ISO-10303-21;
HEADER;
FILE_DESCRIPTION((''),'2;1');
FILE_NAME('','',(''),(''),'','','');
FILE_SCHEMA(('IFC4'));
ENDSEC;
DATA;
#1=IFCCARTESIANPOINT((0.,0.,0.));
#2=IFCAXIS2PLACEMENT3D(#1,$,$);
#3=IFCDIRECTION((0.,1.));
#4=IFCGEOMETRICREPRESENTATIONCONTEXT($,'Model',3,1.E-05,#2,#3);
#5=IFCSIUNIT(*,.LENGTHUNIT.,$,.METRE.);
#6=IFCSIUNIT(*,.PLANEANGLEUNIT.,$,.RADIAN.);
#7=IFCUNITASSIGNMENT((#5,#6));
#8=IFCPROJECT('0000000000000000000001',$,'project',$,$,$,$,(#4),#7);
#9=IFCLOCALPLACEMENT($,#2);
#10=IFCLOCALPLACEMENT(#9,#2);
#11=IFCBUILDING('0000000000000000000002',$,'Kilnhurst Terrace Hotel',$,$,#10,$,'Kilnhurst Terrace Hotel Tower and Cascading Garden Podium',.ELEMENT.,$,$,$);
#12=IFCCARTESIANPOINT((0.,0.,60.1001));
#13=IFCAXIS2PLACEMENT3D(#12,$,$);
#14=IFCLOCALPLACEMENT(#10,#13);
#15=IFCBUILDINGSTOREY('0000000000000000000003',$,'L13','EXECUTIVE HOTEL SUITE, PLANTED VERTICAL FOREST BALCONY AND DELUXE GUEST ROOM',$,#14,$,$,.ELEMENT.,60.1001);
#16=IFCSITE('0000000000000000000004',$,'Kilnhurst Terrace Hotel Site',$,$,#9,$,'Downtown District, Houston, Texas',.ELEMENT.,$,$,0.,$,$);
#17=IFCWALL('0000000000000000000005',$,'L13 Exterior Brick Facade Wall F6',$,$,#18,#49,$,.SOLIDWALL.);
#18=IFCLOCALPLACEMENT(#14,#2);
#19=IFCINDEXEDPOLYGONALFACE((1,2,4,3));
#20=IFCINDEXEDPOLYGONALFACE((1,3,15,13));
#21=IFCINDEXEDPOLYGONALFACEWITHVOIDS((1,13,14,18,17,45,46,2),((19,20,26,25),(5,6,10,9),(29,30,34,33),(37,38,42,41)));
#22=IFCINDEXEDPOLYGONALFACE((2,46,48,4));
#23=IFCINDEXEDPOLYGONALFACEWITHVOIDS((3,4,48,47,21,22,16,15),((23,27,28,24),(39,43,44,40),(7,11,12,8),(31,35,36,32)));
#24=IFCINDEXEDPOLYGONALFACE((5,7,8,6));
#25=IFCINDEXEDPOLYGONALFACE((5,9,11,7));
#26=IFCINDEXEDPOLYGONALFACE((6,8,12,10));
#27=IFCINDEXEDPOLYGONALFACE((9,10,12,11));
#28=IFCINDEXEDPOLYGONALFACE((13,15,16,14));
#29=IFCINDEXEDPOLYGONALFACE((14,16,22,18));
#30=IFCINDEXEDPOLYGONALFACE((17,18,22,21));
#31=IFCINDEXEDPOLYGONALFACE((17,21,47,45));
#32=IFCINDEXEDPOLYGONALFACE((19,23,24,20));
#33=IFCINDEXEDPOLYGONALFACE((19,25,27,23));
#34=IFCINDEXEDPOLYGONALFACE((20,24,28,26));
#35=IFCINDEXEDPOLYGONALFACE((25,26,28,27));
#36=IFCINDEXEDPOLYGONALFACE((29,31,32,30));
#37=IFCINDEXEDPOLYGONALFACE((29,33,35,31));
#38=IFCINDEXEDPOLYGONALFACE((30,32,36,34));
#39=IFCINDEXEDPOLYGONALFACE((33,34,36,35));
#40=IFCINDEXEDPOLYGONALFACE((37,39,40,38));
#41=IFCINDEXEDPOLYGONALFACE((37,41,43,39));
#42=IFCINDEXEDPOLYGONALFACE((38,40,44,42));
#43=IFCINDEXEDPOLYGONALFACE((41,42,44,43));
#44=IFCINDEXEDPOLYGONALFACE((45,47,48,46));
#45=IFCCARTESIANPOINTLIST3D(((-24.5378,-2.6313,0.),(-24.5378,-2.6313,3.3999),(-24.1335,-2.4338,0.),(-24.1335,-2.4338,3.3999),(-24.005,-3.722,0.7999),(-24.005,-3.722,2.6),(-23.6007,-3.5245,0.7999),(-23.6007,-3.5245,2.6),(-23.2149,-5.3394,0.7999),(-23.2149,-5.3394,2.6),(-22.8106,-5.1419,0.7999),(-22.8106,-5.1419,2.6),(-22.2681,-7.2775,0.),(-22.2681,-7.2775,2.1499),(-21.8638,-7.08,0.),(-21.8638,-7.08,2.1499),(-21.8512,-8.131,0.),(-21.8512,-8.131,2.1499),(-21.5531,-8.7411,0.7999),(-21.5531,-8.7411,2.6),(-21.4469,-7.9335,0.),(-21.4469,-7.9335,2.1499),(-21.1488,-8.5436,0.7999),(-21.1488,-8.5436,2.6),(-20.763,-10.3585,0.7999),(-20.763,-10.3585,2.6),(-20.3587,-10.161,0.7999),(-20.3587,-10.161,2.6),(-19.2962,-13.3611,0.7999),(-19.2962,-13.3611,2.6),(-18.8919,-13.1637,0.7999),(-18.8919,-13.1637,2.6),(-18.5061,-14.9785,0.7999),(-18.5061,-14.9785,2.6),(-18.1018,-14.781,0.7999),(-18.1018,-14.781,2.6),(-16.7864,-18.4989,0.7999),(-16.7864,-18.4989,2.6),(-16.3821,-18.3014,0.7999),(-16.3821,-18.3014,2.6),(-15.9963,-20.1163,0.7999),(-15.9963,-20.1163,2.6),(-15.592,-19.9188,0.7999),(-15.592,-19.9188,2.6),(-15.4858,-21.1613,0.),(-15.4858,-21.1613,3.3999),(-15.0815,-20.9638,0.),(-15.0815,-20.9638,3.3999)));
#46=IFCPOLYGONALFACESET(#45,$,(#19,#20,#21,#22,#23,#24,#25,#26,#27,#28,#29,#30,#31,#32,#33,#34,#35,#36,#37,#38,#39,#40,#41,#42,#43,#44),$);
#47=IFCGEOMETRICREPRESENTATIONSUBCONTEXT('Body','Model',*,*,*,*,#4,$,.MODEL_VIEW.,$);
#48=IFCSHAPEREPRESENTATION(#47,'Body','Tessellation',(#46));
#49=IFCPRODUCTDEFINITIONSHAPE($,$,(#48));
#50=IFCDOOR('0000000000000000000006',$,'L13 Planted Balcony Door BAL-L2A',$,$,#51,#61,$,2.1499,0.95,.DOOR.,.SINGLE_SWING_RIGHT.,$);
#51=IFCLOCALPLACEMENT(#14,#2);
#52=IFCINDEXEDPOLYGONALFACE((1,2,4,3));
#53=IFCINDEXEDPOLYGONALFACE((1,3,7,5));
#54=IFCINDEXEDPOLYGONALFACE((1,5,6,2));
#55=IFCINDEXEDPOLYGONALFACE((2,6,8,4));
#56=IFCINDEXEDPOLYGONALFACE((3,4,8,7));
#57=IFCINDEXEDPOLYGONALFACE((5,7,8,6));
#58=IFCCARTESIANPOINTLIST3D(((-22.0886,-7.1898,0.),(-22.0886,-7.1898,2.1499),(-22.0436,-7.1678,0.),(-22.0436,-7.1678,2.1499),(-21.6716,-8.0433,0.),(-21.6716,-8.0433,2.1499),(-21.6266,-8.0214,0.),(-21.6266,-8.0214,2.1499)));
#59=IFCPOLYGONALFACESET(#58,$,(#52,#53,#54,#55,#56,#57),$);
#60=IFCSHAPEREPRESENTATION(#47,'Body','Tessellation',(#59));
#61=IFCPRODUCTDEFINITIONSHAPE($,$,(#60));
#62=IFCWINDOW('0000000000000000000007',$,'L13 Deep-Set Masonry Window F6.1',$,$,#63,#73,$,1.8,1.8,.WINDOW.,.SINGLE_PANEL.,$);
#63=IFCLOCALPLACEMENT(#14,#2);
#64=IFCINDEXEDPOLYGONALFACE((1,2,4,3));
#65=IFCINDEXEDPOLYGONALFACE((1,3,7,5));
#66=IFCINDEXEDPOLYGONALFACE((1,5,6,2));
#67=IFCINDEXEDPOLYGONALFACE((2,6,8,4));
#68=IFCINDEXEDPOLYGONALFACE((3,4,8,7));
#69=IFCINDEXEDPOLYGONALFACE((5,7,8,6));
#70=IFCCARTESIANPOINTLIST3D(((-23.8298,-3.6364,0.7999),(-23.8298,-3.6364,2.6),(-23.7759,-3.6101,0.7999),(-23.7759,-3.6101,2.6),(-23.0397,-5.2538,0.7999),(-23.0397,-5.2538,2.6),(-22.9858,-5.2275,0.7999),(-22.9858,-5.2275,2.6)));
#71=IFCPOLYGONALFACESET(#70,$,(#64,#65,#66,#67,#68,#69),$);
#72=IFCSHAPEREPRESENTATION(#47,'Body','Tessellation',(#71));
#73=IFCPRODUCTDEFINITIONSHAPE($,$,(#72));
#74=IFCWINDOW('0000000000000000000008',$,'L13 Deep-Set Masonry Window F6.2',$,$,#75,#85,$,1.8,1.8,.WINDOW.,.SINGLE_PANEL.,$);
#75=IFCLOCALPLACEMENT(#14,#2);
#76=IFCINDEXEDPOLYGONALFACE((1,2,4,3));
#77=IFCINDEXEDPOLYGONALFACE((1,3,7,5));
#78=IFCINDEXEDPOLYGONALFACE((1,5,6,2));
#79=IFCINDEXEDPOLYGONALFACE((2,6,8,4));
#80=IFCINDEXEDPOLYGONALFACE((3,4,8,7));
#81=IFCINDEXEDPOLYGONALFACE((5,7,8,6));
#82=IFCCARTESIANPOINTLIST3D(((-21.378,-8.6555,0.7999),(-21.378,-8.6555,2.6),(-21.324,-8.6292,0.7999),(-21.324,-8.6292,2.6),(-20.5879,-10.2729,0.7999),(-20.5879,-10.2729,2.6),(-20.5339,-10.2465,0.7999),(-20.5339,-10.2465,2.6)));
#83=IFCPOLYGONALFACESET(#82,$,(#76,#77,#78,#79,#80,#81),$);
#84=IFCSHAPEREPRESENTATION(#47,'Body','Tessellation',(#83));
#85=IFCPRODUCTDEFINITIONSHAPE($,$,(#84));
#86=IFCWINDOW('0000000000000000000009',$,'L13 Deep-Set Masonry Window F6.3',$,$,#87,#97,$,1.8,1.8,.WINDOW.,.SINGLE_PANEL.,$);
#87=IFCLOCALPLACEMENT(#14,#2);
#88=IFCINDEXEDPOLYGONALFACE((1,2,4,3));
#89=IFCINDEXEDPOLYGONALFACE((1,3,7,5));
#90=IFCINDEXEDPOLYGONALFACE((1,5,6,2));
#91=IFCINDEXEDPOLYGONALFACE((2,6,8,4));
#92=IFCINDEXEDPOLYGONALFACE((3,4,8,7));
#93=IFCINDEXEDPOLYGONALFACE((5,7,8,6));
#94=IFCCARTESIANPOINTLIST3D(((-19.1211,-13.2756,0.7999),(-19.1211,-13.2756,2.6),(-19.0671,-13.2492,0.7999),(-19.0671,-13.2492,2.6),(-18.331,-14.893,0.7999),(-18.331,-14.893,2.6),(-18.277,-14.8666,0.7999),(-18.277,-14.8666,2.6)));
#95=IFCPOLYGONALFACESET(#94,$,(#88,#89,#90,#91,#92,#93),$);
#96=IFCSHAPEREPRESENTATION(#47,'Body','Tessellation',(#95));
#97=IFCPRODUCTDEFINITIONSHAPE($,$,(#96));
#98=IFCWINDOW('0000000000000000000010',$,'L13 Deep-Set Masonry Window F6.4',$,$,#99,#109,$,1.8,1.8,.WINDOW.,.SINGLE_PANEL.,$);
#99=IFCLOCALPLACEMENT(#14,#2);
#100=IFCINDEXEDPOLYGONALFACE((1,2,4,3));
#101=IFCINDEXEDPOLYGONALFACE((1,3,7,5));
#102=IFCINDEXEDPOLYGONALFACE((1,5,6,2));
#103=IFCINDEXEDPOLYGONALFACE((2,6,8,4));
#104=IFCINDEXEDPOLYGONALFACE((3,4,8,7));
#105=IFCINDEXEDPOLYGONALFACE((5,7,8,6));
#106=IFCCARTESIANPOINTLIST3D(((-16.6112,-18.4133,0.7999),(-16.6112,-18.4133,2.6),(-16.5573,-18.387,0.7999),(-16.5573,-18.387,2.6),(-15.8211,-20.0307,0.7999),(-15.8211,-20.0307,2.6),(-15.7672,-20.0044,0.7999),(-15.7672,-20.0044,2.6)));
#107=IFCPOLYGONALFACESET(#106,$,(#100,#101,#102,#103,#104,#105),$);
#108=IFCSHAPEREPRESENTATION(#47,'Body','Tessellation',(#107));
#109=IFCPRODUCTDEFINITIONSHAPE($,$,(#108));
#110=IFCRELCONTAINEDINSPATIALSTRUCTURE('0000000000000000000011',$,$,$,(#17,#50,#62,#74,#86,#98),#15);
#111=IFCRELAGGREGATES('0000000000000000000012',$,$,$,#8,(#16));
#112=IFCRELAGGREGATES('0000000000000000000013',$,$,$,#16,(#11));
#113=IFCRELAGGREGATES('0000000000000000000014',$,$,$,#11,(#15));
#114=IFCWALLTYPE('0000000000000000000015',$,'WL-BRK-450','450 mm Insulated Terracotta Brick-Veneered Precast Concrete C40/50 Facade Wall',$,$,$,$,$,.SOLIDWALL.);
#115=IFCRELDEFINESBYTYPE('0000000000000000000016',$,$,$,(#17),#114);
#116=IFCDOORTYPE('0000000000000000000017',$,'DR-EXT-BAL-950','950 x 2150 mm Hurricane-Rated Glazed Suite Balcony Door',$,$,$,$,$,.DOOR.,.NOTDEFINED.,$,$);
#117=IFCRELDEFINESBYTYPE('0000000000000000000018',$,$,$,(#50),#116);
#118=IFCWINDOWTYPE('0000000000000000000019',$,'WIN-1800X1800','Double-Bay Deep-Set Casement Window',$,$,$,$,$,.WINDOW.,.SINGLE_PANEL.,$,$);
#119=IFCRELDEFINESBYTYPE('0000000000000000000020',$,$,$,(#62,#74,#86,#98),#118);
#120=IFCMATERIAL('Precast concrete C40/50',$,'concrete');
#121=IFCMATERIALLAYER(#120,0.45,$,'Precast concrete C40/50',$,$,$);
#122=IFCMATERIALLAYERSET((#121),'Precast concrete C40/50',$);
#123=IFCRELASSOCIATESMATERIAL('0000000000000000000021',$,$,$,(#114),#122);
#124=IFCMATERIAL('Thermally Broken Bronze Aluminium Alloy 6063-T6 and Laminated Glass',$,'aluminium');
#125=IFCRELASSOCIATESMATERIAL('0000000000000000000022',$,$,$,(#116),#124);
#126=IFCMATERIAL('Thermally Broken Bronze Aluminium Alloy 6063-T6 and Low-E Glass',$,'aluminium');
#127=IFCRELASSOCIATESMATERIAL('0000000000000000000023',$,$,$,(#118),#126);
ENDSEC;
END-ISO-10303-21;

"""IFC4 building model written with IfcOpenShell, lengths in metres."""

from ifc_helpers import new_model, si_unit, direction, frame, frame_2d, origin, place, context, subcontext, project, spatial, rectangle, extrude, material, layer, layer_set, type_object, element, fill, save


model = new_model("IFC4")

# Units and contexts
model_context = context("Model", 3, precision=1e-05, world=origin(), true_north=direction((0.0, 1.0)))
body_context = subcontext(model_context, "Body", "Model", "MODEL_VIEW")
ifc_project = project(units=[si_unit("LENGTHUNIT", "METRE"), si_unit("PLANEANGLEUNIT", "RADIAN")], contexts=[model_context])

# Site, building, storey
site_placement = place(None, origin())
site = spatial("IfcSite", under=ifc_project, at=site_placement, Name="Kilnhurst Terrace Hotel Site", LongName="Downtown District, Houston, Texas", CompositionType="ELEMENT", RefElevation=0.0)
building_placement = place(site_placement, origin())
building = spatial("IfcBuilding", under=site, at=building_placement, Name="Kilnhurst Terrace Hotel", LongName="Kilnhurst Terrace Hotel Tower and Cascading Garden Podium", CompositionType="ELEMENT")
storey_placement = place(building_placement, frame((0.0, 0.0, 60.1001)))
storey = spatial("IfcBuildingStorey", under=building, at=storey_placement, Name="L13", Description="EXECUTIVE HOTEL SUITE, PLANTED VERTICAL FOREST BALCONY AND DELUXE GUEST ROOM", CompositionType="ELEMENT", Elevation=60.1001)

# Wall, openings, door, windows
ifc_material_1 = material(Name="Precast concrete C40/50", Category="concrete")
ifc_layer_1 = layer(ifc_material_1, 0.45, Name="Precast concrete C40/50")
ifc_layer_set_1 = layer_set([ifc_layer_1], Name="Precast concrete C40/50")
wall_type_1 = type_object("IfcWallType", Name="WL-BRK-450", Description="450 mm Insulated Terracotta Brick-Veneered Precast Concrete C40/50 Facade Wall", PredefinedType="SOLIDWALL", material=ifc_layer_set_1)
wall_1_placement = place(storey_placement, frame((-24.3357, -2.5325, 0.0), z_axis=(0.0, 0.0, 1.0), x_axis=(0.438931, -0.898521, 0.0)))
wall_1 = element("IfcWall", 1, at=wall_1_placement, inside=storey, type_object=wall_type_1, Name="L13 Exterior Brick Facade Wall F6", PredefinedType="SOLIDWALL", context=body_context, shape_type="SweptSolid", body=[
    extrude(rectangle(XDim=20.6228, YDim=0.45, at=frame_2d((10.3115, 0.0))), origin(), (0.0, 0.0, 1.0), 3.3999),
])
opening_1_placement = place(wall_1_placement, frame((5.1709, 0.0, 0.0)))
opening_1 = element("IfcOpeningElement", 2, at=opening_1_placement, cuts=wall_1, PredefinedType="OPENING", context=body_context, shape_type="SweptSolid", body=[
    extrude(rectangle(XDim=0.95, YDim=2.1499, at=frame_2d((0.4751, 1.075))), frame((0.0, 0.2349, 0.0), z_axis=(0.0, -1.0, 0.0), x_axis=(1.0, 0.0, 0.0)), (0.0, 0.0, 1.0), 0.47),
])
opening_2_placement = place(wall_1_placement, frame((1.2141, 0.0, 0.8)))
opening_2 = element("IfcOpeningElement", 3, at=opening_2_placement, cuts=wall_1, PredefinedType="OPENING", context=body_context, shape_type="SweptSolid", body=[
    extrude(rectangle(XDim=1.8, YDim=1.8, at=frame_2d((0.8999, 0.8999))), frame((0.0, 0.2349, 0.0), z_axis=(0.0, -1.0, 0.0), x_axis=(1.0, 0.0, 0.0)), (0.0, 0.0, 1.0), 0.47),
])
opening_3_placement = place(wall_1_placement, frame((6.8, 0.0, 0.8)))
opening_3 = element("IfcOpeningElement", 4, at=opening_3_placement, cuts=wall_1, PredefinedType="OPENING", context=body_context, shape_type="SweptSolid", body=[
    extrude(rectangle(XDim=1.8, YDim=1.8, at=frame_2d((0.8999, 0.8999))), frame((0.0, 0.2349, 0.0), z_axis=(0.0, -1.0, 0.0), x_axis=(1.0, 0.0, 0.0)), (0.0, 0.0, 1.0), 0.47),
])
opening_4_placement = place(wall_1_placement, frame((11.9419, 0.0, 0.8)))
opening_4 = element("IfcOpeningElement", 5, at=opening_4_placement, cuts=wall_1, PredefinedType="OPENING", context=body_context, shape_type="SweptSolid", body=[
    extrude(rectangle(XDim=1.8, YDim=1.8, at=frame_2d((0.8999, 0.8999))), frame((0.0, 0.2349, 0.0), z_axis=(0.0, -1.0, 0.0), x_axis=(1.0, 0.0, 0.0)), (0.0, 0.0, 1.0), 0.47),
])
opening_5_placement = place(wall_1_placement, frame((17.6599, 0.0, 0.8)))
opening_5 = element("IfcOpeningElement", 6, at=opening_5_placement, cuts=wall_1, PredefinedType="OPENING", context=body_context, shape_type="SweptSolid", body=[
    extrude(rectangle(XDim=1.8, YDim=1.8, at=frame_2d((0.8999, 0.8999))), frame((0.0, 0.2349, 0.0), z_axis=(0.0, -1.0, 0.0), x_axis=(1.0, 0.0, 0.0)), (0.0, 0.0, 1.0), 0.47),
])
ifc_material_2 = material(Name="Thermally Broken Bronze Aluminium Alloy 6063-T6 and Laminated Glass", Category="aluminium")
door_type_1 = type_object("IfcDoorType", Name="DR-EXT-BAL-950", Description="950 x 2150 mm Hurricane-Rated Glazed Suite Balcony Door", OperationType="NOTDEFINED", PredefinedType="DOOR", material=ifc_material_2)
door_1_placement = place(opening_1_placement, origin())
door_1 = element("IfcDoor", 7, at=door_1_placement, inside=storey, type_object=door_type_1, Name="L13 Planted Balcony Door BAL-L2A", OperationType="SINGLE_SWING_RIGHT", OverallHeight=2.1499, OverallWidth=0.95, PredefinedType="DOOR", context=body_context, shape_type="SweptSolid", body=[
    extrude(rectangle(XDim=0.95, YDim=2.1499, at=frame_2d((0.4751, 1.075))), frame((0.0, 0.0249, 0.0), z_axis=(0.0, -1.0, 0.0), x_axis=(1.0, 0.0, 0.0)), (0.0, 0.0, 1.0), 0.05),
])
fill(opening_1, door_1)
ifc_material_3 = material(Name="Thermally Broken Bronze Aluminium Alloy 6063-T6 and Low-E Glass", Category="aluminium")
window_type = type_object("IfcWindowType", Name="WIN-1800X1800", Description="Double-Bay Deep-Set Casement Window", PartitioningType="SINGLE_PANEL", PredefinedType="WINDOW", material=ifc_material_3)
window_1_placement = place(opening_2_placement, origin())
window_1 = element("IfcWindow", 8, at=window_1_placement, inside=storey, type_object=window_type, Name="L13 Deep-Set Masonry Window F6.1", OverallHeight=1.8, OverallWidth=1.8, PartitioningType="SINGLE_PANEL", PredefinedType="WINDOW", context=body_context, shape_type="SweptSolid", body=[
    extrude(rectangle(XDim=1.8, YDim=1.8, at=frame_2d((0.8999, 0.8999))), frame((0.0, 0.03, 0.0), z_axis=(0.0, -1.0, 0.0), x_axis=(1.0, 0.0, 0.0)), (0.0, 0.0, 1.0), 0.0601),
])
fill(opening_2, window_1)
window_2_placement = place(opening_3_placement, origin())
window_2 = element("IfcWindow", 9, at=window_2_placement, inside=storey, type_object=window_type, Name="L13 Deep-Set Masonry Window F6.2", OverallHeight=1.8, OverallWidth=1.8, PartitioningType="SINGLE_PANEL", PredefinedType="WINDOW", context=body_context, shape_type="SweptSolid", body=[
    extrude(rectangle(XDim=1.8, YDim=1.8, at=frame_2d((0.8999, 0.8999))), frame((0.0, 0.03, 0.0), z_axis=(0.0, -1.0, 0.0), x_axis=(1.0, 0.0, 0.0)), (0.0, 0.0, 1.0), 0.0601),
])
fill(opening_3, window_2)
window_3_placement = place(opening_4_placement, origin())
window_3 = element("IfcWindow", 10, at=window_3_placement, inside=storey, type_object=window_type, Name="L13 Deep-Set Masonry Window F6.3", OverallHeight=1.8, OverallWidth=1.8, PartitioningType="SINGLE_PANEL", PredefinedType="WINDOW", context=body_context, shape_type="SweptSolid", body=[
    extrude(rectangle(XDim=1.8, YDim=1.8, at=frame_2d((0.8999, 0.8999))), frame((0.0, 0.03, 0.0), z_axis=(0.0, -1.0, 0.0), x_axis=(1.0, 0.0, 0.0)), (0.0, 0.0, 1.0), 0.0601),
])
fill(opening_4, window_3)
window_4_placement = place(opening_5_placement, origin())
window_4 = element("IfcWindow", 11, at=window_4_placement, inside=storey, type_object=window_type, Name="L13 Deep-Set Masonry Window F6.4", OverallHeight=1.8, OverallWidth=1.8, PartitioningType="SINGLE_PANEL", PredefinedType="WINDOW", context=body_context, shape_type="SweptSolid", body=[
    extrude(rectangle(XDim=1.8, YDim=1.8, at=frame_2d((0.8999, 0.8999))), frame((0.0, 0.03, 0.0), z_axis=(0.0, -1.0, 0.0), x_axis=(1.0, 0.0, 0.0)), (0.0, 0.0, 1.0), 0.0601),
])
fill(opening_5, window_4)

save(model, "model.ifc")
